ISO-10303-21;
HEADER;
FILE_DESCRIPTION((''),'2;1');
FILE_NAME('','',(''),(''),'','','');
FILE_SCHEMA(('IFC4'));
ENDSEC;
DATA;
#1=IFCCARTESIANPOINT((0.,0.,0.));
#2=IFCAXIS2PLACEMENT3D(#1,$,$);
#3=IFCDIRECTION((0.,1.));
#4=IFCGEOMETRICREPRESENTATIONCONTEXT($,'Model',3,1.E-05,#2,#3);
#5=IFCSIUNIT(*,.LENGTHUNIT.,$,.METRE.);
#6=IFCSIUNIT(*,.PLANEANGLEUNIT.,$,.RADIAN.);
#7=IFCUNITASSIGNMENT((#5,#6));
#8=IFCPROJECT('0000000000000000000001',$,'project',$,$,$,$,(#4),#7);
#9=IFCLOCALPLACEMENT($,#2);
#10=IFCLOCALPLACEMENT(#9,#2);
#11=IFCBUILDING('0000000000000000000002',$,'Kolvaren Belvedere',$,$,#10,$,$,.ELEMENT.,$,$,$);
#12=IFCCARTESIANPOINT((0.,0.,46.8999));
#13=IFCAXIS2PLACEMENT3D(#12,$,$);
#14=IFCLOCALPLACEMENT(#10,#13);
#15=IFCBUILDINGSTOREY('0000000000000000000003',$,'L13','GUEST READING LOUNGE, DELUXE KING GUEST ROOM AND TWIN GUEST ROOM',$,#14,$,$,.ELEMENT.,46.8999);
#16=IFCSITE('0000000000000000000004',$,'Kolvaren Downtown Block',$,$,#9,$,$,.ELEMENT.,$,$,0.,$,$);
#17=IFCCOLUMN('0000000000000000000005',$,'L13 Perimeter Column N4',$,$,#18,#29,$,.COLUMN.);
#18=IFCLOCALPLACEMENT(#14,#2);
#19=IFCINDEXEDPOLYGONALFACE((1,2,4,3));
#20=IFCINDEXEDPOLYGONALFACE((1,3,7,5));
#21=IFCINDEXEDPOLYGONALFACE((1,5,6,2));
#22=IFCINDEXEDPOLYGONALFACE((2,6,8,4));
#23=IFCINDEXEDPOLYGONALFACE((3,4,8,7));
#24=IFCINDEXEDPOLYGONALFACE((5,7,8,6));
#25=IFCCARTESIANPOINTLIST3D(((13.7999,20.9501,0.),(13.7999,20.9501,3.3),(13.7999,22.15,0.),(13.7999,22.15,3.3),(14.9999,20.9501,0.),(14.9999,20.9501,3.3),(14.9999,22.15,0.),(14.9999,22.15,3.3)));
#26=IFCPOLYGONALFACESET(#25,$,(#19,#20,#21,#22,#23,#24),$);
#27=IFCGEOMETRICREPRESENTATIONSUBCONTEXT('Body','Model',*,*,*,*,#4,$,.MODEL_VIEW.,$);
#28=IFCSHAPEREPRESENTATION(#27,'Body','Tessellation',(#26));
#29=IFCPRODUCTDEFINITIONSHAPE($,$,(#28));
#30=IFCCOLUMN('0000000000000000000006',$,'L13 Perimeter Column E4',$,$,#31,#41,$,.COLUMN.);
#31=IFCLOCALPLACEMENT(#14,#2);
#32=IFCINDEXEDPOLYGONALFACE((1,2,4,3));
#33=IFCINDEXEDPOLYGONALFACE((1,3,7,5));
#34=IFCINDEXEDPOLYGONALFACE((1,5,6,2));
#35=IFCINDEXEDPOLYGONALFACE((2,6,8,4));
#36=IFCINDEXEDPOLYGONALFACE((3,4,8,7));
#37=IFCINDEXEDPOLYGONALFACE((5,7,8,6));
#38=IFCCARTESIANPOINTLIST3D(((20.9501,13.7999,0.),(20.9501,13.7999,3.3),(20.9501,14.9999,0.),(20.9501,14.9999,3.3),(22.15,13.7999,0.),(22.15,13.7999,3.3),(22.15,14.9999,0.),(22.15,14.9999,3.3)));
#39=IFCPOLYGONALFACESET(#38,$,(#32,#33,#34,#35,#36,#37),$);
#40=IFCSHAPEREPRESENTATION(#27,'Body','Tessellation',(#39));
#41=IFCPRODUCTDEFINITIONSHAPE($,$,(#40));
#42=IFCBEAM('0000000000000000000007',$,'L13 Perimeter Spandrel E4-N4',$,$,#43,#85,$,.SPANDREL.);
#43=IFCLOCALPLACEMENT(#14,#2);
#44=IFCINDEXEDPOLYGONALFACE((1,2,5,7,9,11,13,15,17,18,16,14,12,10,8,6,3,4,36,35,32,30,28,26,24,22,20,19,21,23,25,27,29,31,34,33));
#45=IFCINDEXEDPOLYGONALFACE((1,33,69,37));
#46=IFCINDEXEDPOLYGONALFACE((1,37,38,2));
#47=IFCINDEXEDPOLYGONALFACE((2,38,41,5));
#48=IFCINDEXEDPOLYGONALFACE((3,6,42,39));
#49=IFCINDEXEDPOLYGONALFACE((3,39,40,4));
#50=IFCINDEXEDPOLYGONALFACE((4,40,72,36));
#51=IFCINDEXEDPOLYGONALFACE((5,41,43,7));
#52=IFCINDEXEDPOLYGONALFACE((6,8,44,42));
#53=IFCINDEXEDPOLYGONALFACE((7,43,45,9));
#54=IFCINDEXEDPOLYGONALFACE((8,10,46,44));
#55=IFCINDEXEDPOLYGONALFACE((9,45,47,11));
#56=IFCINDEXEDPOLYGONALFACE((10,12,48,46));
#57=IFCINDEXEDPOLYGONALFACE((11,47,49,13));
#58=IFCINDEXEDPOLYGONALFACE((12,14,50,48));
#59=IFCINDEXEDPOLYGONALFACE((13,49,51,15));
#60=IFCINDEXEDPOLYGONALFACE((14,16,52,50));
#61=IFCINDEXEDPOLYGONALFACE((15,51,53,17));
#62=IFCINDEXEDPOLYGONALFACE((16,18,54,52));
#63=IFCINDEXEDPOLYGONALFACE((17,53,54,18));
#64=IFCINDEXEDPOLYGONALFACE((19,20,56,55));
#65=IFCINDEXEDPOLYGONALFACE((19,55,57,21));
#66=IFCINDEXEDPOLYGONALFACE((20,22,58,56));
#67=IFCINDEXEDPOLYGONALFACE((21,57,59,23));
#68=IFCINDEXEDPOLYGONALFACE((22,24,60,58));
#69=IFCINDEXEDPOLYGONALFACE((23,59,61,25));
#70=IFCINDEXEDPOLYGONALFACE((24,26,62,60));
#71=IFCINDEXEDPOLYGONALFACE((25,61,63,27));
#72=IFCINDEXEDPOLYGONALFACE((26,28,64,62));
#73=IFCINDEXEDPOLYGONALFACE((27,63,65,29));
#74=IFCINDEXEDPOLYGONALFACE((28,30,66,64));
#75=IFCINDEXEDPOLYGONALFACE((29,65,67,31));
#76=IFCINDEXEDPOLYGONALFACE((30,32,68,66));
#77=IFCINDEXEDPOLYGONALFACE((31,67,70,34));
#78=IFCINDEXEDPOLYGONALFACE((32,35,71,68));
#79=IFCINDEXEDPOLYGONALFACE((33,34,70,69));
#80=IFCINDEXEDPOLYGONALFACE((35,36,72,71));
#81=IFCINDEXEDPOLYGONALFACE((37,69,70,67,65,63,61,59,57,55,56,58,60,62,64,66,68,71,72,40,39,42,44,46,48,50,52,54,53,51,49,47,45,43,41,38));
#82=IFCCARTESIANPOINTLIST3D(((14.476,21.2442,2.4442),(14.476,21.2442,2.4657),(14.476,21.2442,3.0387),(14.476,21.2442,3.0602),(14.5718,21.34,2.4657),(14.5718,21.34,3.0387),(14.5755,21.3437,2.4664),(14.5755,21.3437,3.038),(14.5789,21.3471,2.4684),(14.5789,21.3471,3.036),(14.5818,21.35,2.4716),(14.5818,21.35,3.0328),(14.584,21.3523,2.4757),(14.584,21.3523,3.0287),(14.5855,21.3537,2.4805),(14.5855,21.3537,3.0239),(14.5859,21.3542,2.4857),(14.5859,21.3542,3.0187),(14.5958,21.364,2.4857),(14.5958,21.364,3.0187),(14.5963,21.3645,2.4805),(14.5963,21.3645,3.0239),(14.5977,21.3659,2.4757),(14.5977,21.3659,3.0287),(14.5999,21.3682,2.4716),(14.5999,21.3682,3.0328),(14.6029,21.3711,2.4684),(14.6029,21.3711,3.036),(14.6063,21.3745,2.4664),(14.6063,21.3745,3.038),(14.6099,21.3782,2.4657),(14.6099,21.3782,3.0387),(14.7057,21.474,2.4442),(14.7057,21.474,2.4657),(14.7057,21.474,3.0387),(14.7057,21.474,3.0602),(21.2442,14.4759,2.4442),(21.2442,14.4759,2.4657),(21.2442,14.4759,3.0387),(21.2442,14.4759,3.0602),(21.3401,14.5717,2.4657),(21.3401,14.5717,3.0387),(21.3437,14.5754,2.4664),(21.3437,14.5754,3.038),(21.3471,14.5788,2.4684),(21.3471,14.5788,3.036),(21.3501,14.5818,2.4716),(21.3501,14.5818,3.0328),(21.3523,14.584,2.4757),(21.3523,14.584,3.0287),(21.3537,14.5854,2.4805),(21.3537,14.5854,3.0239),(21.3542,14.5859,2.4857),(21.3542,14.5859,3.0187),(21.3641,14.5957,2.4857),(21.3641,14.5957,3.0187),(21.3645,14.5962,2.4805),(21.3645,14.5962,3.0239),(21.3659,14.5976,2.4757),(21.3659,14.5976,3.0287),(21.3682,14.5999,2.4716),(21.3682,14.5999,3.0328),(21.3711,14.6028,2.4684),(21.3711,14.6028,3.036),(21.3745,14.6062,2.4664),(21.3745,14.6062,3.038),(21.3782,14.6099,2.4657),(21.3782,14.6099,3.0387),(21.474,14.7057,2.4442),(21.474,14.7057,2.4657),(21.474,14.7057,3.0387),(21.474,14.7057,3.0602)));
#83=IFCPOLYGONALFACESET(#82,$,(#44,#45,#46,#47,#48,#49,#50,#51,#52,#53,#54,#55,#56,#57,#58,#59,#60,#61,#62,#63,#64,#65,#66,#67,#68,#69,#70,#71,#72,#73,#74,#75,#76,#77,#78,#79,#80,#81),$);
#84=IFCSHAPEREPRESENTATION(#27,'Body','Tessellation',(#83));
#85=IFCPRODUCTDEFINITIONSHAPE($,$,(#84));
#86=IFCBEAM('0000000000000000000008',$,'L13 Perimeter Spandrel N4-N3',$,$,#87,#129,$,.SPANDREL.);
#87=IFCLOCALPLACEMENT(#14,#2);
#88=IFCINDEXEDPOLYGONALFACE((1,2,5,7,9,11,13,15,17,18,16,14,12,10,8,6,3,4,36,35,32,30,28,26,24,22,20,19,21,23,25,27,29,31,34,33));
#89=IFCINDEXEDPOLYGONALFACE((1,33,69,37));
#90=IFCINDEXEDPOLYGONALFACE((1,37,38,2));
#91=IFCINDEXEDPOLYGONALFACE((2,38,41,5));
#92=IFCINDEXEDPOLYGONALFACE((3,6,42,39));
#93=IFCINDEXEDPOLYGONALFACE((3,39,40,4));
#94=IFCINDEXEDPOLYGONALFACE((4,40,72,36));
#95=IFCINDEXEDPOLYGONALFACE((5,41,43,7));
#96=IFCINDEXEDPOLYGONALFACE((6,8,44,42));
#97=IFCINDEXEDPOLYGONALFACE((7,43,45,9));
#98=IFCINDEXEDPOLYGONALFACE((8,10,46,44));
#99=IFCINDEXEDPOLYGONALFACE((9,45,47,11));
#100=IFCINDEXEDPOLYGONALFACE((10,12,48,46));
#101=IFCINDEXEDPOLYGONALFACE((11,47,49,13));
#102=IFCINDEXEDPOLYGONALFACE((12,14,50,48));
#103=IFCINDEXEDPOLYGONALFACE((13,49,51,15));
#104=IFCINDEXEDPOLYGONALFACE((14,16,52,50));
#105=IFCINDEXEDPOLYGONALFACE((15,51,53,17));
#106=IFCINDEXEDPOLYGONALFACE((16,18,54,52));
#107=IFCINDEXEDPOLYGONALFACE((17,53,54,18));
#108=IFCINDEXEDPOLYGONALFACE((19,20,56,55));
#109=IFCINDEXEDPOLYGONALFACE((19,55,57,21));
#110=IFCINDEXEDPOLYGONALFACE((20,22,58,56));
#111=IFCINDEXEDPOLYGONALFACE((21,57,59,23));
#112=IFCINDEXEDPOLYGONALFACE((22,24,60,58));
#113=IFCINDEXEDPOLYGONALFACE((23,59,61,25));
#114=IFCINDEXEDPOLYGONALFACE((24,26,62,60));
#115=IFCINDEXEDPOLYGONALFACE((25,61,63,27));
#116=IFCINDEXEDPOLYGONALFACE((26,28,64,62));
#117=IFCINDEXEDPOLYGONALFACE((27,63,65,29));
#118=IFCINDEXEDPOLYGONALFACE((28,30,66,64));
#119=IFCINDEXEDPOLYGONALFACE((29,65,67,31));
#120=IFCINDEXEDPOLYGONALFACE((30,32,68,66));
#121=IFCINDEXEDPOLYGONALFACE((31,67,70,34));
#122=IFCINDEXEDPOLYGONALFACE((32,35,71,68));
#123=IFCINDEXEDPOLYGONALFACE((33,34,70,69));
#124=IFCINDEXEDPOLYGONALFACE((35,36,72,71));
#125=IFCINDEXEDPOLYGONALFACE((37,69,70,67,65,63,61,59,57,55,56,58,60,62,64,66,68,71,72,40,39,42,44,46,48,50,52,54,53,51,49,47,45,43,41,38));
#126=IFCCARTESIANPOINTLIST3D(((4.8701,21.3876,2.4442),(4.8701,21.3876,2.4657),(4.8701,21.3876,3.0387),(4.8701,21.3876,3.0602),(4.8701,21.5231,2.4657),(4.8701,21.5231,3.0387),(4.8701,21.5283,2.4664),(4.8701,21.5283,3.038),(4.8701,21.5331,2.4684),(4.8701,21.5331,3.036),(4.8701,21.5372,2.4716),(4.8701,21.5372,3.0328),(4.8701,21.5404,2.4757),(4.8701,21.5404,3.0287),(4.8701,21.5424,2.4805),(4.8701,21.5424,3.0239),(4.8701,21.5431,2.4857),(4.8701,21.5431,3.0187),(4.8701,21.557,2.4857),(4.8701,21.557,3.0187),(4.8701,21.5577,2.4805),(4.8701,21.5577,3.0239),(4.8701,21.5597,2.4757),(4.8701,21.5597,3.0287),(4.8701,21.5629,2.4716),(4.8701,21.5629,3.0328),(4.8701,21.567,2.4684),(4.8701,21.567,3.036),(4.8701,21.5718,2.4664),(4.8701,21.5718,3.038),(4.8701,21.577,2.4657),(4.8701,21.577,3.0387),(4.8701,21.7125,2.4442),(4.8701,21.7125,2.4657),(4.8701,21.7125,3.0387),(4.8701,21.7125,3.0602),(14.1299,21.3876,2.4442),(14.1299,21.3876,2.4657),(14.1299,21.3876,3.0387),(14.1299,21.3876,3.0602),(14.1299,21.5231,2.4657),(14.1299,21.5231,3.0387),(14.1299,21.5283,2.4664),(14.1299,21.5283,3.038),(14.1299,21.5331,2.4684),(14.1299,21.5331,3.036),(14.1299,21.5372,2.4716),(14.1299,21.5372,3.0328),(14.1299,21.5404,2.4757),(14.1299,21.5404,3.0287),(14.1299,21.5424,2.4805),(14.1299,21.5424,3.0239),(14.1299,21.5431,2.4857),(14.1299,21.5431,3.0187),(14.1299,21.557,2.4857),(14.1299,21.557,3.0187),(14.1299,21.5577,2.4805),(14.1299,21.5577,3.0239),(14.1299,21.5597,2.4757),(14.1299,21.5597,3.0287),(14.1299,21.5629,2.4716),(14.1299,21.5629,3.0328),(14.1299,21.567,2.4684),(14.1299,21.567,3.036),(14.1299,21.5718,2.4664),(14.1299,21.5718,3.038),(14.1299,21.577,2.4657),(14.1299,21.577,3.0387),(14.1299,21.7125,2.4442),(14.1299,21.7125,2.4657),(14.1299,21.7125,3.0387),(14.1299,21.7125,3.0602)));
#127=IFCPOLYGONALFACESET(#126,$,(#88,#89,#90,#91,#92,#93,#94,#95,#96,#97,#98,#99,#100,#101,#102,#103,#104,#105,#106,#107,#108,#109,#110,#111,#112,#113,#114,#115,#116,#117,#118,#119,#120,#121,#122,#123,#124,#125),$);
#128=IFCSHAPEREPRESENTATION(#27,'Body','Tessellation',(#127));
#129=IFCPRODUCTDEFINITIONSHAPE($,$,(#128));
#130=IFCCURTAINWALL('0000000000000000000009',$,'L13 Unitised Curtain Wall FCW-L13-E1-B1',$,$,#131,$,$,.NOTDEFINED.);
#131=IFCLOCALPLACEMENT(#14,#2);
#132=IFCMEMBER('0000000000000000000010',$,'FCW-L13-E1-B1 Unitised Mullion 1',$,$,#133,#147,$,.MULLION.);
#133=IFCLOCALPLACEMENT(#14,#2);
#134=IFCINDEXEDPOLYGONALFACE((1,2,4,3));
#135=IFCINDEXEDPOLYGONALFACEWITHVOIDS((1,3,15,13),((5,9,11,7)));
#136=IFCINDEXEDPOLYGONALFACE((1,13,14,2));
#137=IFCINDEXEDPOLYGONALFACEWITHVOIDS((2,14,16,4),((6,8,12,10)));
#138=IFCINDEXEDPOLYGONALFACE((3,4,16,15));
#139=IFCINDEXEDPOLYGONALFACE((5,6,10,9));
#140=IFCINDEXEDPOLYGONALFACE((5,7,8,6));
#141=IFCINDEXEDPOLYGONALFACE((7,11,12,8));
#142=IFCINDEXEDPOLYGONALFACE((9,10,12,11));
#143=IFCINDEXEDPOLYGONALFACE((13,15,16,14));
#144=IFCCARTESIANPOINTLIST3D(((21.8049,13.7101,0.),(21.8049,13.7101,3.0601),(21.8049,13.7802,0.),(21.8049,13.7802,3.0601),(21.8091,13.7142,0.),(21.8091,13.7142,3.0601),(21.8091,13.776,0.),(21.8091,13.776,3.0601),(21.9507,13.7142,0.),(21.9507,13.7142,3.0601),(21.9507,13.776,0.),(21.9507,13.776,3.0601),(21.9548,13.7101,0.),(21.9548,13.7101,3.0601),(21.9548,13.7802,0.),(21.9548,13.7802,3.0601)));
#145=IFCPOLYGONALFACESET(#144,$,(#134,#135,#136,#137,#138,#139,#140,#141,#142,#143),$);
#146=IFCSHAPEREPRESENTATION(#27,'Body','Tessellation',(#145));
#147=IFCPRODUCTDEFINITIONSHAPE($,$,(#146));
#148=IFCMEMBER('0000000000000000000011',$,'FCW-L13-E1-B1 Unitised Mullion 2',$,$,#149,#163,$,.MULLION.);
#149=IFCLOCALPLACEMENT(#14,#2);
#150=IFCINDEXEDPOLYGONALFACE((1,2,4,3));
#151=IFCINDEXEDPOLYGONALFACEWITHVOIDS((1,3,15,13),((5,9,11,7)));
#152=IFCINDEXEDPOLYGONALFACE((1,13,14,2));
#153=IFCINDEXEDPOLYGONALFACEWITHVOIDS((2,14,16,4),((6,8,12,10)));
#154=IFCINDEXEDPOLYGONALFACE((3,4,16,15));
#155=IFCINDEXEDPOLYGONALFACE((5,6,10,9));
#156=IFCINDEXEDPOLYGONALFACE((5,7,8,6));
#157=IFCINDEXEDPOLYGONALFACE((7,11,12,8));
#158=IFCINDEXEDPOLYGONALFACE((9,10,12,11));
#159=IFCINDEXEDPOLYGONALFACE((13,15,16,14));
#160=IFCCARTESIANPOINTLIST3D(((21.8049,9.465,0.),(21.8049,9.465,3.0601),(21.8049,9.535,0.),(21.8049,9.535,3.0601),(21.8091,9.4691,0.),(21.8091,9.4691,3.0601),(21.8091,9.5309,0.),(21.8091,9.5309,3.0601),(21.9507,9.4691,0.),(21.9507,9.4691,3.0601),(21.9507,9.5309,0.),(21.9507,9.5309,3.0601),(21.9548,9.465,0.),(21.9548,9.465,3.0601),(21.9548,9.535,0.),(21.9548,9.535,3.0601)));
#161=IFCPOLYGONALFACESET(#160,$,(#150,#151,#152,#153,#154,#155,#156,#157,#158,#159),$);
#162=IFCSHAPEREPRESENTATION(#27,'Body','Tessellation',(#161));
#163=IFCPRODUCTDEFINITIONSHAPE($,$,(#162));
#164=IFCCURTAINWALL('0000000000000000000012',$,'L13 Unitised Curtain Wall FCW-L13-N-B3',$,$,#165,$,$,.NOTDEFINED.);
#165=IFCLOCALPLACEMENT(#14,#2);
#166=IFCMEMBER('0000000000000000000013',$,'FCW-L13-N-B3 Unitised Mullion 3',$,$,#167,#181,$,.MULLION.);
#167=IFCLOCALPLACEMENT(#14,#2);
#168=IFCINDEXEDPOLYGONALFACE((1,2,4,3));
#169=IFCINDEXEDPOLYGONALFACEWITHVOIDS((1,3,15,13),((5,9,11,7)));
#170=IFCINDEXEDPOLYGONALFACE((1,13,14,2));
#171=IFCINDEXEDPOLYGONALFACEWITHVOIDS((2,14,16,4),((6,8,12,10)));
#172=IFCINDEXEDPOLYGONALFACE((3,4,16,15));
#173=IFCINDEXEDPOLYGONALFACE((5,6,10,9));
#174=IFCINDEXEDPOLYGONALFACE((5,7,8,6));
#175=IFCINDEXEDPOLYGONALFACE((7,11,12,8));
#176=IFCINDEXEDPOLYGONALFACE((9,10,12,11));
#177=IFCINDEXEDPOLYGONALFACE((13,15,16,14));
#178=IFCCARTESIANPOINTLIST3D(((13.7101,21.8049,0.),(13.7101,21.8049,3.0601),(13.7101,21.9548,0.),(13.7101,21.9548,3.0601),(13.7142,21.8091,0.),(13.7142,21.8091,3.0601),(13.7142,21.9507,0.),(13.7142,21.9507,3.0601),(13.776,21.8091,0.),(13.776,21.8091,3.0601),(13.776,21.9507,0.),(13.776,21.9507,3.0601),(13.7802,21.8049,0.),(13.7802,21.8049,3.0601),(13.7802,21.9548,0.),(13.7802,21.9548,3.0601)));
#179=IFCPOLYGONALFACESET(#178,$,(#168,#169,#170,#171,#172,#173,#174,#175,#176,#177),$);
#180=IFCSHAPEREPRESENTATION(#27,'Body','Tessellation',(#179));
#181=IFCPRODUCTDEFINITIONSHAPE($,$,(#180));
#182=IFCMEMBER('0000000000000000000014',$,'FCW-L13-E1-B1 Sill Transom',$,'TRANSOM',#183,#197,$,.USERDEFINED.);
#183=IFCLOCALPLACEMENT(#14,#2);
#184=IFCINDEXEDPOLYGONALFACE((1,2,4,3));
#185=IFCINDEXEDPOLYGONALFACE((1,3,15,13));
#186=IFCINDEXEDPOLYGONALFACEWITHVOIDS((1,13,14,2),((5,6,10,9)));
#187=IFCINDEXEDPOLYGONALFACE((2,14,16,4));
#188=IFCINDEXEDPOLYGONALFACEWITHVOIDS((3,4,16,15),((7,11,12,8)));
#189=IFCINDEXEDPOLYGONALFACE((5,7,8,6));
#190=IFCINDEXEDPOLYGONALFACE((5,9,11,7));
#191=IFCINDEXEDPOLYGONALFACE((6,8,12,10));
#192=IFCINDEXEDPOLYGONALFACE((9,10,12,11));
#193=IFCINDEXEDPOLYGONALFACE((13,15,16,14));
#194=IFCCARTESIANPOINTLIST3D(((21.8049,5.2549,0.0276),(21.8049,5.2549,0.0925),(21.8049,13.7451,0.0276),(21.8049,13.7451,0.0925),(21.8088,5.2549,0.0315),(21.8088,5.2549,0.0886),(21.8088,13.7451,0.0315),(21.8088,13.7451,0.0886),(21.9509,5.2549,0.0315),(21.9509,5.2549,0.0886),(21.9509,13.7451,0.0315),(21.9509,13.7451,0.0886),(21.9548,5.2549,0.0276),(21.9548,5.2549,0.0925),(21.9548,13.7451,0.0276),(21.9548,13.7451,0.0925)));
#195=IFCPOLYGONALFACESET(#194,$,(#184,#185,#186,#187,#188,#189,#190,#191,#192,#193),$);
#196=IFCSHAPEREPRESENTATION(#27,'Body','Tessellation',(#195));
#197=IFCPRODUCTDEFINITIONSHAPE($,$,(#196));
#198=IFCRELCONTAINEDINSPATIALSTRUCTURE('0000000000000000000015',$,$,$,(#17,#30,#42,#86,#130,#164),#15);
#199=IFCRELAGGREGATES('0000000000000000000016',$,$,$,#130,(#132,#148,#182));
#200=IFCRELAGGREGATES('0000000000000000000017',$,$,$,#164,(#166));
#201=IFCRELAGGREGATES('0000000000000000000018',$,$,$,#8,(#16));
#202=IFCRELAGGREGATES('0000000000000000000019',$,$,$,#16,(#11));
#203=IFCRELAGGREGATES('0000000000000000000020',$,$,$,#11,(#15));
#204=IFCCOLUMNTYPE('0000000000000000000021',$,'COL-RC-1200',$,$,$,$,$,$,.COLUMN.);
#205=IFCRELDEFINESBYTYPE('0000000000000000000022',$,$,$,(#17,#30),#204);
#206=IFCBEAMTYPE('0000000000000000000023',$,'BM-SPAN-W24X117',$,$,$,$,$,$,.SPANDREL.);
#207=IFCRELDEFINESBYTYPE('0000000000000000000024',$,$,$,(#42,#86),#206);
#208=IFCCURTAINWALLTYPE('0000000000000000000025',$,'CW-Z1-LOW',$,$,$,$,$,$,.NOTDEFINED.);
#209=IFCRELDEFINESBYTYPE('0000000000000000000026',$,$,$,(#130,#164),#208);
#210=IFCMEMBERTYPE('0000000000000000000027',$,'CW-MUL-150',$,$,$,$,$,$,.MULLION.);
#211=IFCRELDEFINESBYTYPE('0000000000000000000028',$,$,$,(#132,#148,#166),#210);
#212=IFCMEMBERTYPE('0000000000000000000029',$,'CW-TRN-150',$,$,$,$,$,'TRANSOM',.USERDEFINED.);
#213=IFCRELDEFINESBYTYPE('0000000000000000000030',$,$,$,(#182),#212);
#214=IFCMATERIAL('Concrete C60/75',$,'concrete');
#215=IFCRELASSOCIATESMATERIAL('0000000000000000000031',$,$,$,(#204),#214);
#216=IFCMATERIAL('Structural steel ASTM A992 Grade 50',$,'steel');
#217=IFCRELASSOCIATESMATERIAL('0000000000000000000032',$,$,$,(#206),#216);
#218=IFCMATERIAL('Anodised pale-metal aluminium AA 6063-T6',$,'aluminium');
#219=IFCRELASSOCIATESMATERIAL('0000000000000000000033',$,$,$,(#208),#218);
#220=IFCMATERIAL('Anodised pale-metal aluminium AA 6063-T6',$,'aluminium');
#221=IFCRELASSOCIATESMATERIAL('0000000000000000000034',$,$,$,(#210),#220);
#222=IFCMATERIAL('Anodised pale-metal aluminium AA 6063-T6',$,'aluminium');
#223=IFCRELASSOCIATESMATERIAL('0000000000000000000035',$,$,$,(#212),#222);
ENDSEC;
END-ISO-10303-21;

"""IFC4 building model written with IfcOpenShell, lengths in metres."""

from ifc_helpers import new_model, si_unit, direction, frame, origin, origin_2d, place, context, subcontext, project, spatial, rectangle, hollow_rectangle, i_section, extrude, material, material_profile, profile_set, type_object, element, aggregate, save


model = new_model("IFC4")

# Units and contexts
model_context = context("Model", 3, precision=1e-05, world=origin(), true_north=direction((0.0, 1.0)))
body_context = subcontext(model_context, "Body", "Model", "MODEL_VIEW")
ifc_project = project(units=[si_unit("LENGTHUNIT", "METRE"), si_unit("PLANEANGLEUNIT", "RADIAN")], contexts=[model_context])

# Site, building, storey
site_placement = place(None, origin())
site = spatial("IfcSite", under=ifc_project, at=site_placement, Name="Kolvaren Downtown Block", CompositionType="ELEMENT", RefElevation=0.0)
building_placement = place(site_placement, origin())
building = spatial("IfcBuilding", under=site, at=building_placement, Name="Kolvaren Belvedere", CompositionType="ELEMENT")
storey_placement = place(building_placement, frame((0.0, 0.0, 46.8999)))
storey = spatial("IfcBuildingStorey", under=building, at=storey_placement, Name="L13", Description="GUEST READING LOUNGE, DELUXE KING GUEST ROOM AND TWIN GUEST ROOM", CompositionType="ELEMENT", Elevation=46.8999)

# Columns
ifc_material_1 = material(Name="Concrete C60/75", Category="concrete")
ifc_material_profile_1 = material_profile(ifc_material_1, rectangle(XDim=1.2, YDim=1.2, at=origin_2d()), Name="RC 1200X1200")
ifc_profile_set_1 = profile_set([ifc_material_profile_1], Name="Concrete C60/75")
column_type = type_object("IfcColumnType", Name="COL-RC-1200", PredefinedType="COLUMN", material=ifc_profile_set_1)
for number, where, z_axis, x_axis, name in (
    (1, (14.3999, 21.55, 0.0), (0.0, 0.0, 1.0), (1.0, 0.0, 0.0), "L13 Perimeter Column N4"),
    (2, (21.55, 14.3999, 0.0), (0.0, 0.0, 1.0), (1.0, 0.0, 0.0), "L13 Perimeter Column E4"),
):
    element("IfcColumn", number, at=place(storey_placement, frame(where, z_axis=z_axis, x_axis=x_axis)), inside=storey, type_object=column_type, Name=name, PredefinedType="COLUMN", context=body_context, shape_type="SweptSolid", body=[
        extrude(rectangle(XDim=1.2, YDim=1.2, at=origin_2d()), origin(), (0.0, 0.0, 1.0), 3.3),
    ])

# Beams
ifc_material_2 = material(Name="Structural steel ASTM A992 Grade 50", Category="steel")
ifc_material_profile_2 = material_profile(ifc_material_2, i_section(OverallWidth=0.325, OverallDepth=0.616, WebThickness=0.0139, FlangeThickness=0.0215, FilletRadius=0.02, at=origin_2d()), Name="W24X117")
ifc_profile_set_2 = profile_set([ifc_material_profile_2], Name="Structural steel ASTM A992 Grade 50")
beam_type = type_object("IfcBeamType", Name="BM-SPAN-W24X117", PredefinedType="SPANDREL", material=ifc_profile_set_2)
beam_1_placement = place(storey_placement, frame((21.3591, 14.5908, 2.7522), z_axis=(-0.707107, 0.707107, 0.0), x_axis=(-0.707107, -0.707107, 0.0)))
element("IfcBeam", 3, at=beam_1_placement, inside=storey, type_object=beam_type, Name="L13 Perimeter Spandrel E4-N4", PredefinedType="SPANDREL", context=body_context, shape_type="SweptSolid", body=[
    extrude(i_section(OverallWidth=0.325, OverallDepth=0.616, WebThickness=0.0139, FlangeThickness=0.0215, FilletRadius=0.02, at=origin_2d()), origin(), (0.0, 0.0, 1.0), 9.5718),
])
beam_2_placement = place(storey_placement, frame((14.1299, 21.55, 2.7522), z_axis=(-1.0, 0.0, 0.0), x_axis=(0.0, -1.0, 0.0)))
element("IfcBeam", 4, at=beam_2_placement, inside=storey, type_object=beam_type, Name="L13 Perimeter Spandrel N4-N3", PredefinedType="SPANDREL", context=body_context, shape_type="SweptSolid", body=[
    extrude(i_section(OverallWidth=0.325, OverallDepth=0.616, WebThickness=0.0139, FlangeThickness=0.0215, FilletRadius=0.02, at=origin_2d()), origin(), (0.0, 0.0, 1.0), 9.2598),
])

# Curtain wall, members
ifc_material_3 = material(Name="Anodised pale-metal aluminium AA 6063-T6", Category="aluminium")
curtain_wall_type = type_object("IfcCurtainWallType", Name="CW-Z1-LOW", PredefinedType="NOTDEFINED", material=ifc_material_3)
curtain_wall_1_placement = place(storey_placement, origin())
curtain_wall_1 = element("IfcCurtainWall", 5, at=curtain_wall_1_placement, inside=storey, type_object=curtain_wall_type, Name="L13 Unitised Curtain Wall FCW-L13-E1-B1", PredefinedType="NOTDEFINED")
ifc_material_4 = material(Name="Anodised pale-metal aluminium AA 6063-T6", Category="aluminium")
ifc_material_profile_3 = material_profile(ifc_material_4, hollow_rectangle(XDim=0.0701, YDim=0.1499, WallThickness=0.0042, at=origin_2d()), Name="ALU-MUL-150X70")
ifc_profile_set_3 = profile_set([ifc_material_profile_3], Name="Anodised pale-metal aluminium AA 6063-T6")
member_type_1 = type_object("IfcMemberType", Name="CW-MUL-150", PredefinedType="MULLION", material=ifc_profile_set_3)
member_1_placement = place(storey_placement, frame((21.8799, 13.7451, 0.0), z_axis=(0.0, 0.0, 1.0), x_axis=(0.0, 1.0, 0.0)))
member_1 = element("IfcMember", 6, at=member_1_placement, type_object=member_type_1, Name="FCW-L13-E1-B1 Unitised Mullion 1", PredefinedType="MULLION", context=body_context, shape_type="SweptSolid", body=[
    extrude(hollow_rectangle(XDim=0.0701, YDim=0.1499, WallThickness=0.0042, at=origin_2d()), origin(), (0.0, 0.0, 1.0), 3.0601),
])
member_2_placement = place(storey_placement, frame((21.8799, 9.5, 0.0), z_axis=(0.0, 0.0, 1.0), x_axis=(0.0, 1.0, 0.0)))
member_2 = element("IfcMember", 7, at=member_2_placement, type_object=member_type_1, Name="FCW-L13-E1-B1 Unitised Mullion 2", PredefinedType="MULLION", context=body_context, shape_type="SweptSolid", body=[
    extrude(hollow_rectangle(XDim=0.0701, YDim=0.1499, WallThickness=0.0042, at=origin_2d()), origin(), (0.0, 0.0, 1.0), 3.0601),
])

# Curtain wall, member
curtain_wall_2_placement = place(storey_placement, origin())
curtain_wall_2 = element("IfcCurtainWall", 8, at=curtain_wall_2_placement, inside=storey, type_object=curtain_wall_type, Name="L13 Unitised Curtain Wall FCW-L13-N-B3", PredefinedType="NOTDEFINED")
member_3_placement = place(storey_placement, frame((13.7451, 21.8799, 0.0), z_axis=(0.0, 0.0, 1.0), x_axis=(1.0, 0.0, 0.0)))
member_3 = element("IfcMember", 9, at=member_3_placement, type_object=member_type_1, Name="FCW-L13-N-B3 Unitised Mullion 3", PredefinedType="MULLION", context=body_context, shape_type="SweptSolid", body=[
    extrude(hollow_rectangle(XDim=0.0701, YDim=0.1499, WallThickness=0.0042, at=origin_2d()), origin(), (0.0, 0.0, 1.0), 3.0601),
])

# Member
ifc_material_5 = material(Name="Anodised pale-metal aluminium AA 6063-T6", Category="aluminium")
ifc_material_profile_4 = material_profile(ifc_material_5, hollow_rectangle(XDim=0.0649, YDim=0.1499, WallThickness=0.0039, at=origin_2d()), Name="ALU-TRN-150X65")
ifc_profile_set_4 = profile_set([ifc_material_profile_4], Name="Anodised pale-metal aluminium AA 6063-T6")
member_type_2 = type_object("IfcMemberType", Name="CW-TRN-150", ElementType="TRANSOM", PredefinedType="USERDEFINED", material=ifc_profile_set_4)
member_4_placement = place(storey_placement, frame((21.8799, 13.7451, 0.0601), z_axis=(0.0, -1.0, 0.0), x_axis=(0.0, 0.0, 1.0)))
member_4 = element("IfcMember", 10, at=member_4_placement, type_object=member_type_2, Name="FCW-L13-E1-B1 Sill Transom", ObjectType="TRANSOM", PredefinedType="USERDEFINED", context=body_context, shape_type="SweptSolid", body=[
    extrude(hollow_rectangle(XDim=0.0649, YDim=0.1499, WallThickness=0.0039, at=origin_2d()), origin(), (0.0, 0.0, 1.0), 8.4902),
])

aggregate(curtain_wall_1, [member_1, member_2, member_4])
aggregate(curtain_wall_2, [member_3])

save(model, "model.ifc")
